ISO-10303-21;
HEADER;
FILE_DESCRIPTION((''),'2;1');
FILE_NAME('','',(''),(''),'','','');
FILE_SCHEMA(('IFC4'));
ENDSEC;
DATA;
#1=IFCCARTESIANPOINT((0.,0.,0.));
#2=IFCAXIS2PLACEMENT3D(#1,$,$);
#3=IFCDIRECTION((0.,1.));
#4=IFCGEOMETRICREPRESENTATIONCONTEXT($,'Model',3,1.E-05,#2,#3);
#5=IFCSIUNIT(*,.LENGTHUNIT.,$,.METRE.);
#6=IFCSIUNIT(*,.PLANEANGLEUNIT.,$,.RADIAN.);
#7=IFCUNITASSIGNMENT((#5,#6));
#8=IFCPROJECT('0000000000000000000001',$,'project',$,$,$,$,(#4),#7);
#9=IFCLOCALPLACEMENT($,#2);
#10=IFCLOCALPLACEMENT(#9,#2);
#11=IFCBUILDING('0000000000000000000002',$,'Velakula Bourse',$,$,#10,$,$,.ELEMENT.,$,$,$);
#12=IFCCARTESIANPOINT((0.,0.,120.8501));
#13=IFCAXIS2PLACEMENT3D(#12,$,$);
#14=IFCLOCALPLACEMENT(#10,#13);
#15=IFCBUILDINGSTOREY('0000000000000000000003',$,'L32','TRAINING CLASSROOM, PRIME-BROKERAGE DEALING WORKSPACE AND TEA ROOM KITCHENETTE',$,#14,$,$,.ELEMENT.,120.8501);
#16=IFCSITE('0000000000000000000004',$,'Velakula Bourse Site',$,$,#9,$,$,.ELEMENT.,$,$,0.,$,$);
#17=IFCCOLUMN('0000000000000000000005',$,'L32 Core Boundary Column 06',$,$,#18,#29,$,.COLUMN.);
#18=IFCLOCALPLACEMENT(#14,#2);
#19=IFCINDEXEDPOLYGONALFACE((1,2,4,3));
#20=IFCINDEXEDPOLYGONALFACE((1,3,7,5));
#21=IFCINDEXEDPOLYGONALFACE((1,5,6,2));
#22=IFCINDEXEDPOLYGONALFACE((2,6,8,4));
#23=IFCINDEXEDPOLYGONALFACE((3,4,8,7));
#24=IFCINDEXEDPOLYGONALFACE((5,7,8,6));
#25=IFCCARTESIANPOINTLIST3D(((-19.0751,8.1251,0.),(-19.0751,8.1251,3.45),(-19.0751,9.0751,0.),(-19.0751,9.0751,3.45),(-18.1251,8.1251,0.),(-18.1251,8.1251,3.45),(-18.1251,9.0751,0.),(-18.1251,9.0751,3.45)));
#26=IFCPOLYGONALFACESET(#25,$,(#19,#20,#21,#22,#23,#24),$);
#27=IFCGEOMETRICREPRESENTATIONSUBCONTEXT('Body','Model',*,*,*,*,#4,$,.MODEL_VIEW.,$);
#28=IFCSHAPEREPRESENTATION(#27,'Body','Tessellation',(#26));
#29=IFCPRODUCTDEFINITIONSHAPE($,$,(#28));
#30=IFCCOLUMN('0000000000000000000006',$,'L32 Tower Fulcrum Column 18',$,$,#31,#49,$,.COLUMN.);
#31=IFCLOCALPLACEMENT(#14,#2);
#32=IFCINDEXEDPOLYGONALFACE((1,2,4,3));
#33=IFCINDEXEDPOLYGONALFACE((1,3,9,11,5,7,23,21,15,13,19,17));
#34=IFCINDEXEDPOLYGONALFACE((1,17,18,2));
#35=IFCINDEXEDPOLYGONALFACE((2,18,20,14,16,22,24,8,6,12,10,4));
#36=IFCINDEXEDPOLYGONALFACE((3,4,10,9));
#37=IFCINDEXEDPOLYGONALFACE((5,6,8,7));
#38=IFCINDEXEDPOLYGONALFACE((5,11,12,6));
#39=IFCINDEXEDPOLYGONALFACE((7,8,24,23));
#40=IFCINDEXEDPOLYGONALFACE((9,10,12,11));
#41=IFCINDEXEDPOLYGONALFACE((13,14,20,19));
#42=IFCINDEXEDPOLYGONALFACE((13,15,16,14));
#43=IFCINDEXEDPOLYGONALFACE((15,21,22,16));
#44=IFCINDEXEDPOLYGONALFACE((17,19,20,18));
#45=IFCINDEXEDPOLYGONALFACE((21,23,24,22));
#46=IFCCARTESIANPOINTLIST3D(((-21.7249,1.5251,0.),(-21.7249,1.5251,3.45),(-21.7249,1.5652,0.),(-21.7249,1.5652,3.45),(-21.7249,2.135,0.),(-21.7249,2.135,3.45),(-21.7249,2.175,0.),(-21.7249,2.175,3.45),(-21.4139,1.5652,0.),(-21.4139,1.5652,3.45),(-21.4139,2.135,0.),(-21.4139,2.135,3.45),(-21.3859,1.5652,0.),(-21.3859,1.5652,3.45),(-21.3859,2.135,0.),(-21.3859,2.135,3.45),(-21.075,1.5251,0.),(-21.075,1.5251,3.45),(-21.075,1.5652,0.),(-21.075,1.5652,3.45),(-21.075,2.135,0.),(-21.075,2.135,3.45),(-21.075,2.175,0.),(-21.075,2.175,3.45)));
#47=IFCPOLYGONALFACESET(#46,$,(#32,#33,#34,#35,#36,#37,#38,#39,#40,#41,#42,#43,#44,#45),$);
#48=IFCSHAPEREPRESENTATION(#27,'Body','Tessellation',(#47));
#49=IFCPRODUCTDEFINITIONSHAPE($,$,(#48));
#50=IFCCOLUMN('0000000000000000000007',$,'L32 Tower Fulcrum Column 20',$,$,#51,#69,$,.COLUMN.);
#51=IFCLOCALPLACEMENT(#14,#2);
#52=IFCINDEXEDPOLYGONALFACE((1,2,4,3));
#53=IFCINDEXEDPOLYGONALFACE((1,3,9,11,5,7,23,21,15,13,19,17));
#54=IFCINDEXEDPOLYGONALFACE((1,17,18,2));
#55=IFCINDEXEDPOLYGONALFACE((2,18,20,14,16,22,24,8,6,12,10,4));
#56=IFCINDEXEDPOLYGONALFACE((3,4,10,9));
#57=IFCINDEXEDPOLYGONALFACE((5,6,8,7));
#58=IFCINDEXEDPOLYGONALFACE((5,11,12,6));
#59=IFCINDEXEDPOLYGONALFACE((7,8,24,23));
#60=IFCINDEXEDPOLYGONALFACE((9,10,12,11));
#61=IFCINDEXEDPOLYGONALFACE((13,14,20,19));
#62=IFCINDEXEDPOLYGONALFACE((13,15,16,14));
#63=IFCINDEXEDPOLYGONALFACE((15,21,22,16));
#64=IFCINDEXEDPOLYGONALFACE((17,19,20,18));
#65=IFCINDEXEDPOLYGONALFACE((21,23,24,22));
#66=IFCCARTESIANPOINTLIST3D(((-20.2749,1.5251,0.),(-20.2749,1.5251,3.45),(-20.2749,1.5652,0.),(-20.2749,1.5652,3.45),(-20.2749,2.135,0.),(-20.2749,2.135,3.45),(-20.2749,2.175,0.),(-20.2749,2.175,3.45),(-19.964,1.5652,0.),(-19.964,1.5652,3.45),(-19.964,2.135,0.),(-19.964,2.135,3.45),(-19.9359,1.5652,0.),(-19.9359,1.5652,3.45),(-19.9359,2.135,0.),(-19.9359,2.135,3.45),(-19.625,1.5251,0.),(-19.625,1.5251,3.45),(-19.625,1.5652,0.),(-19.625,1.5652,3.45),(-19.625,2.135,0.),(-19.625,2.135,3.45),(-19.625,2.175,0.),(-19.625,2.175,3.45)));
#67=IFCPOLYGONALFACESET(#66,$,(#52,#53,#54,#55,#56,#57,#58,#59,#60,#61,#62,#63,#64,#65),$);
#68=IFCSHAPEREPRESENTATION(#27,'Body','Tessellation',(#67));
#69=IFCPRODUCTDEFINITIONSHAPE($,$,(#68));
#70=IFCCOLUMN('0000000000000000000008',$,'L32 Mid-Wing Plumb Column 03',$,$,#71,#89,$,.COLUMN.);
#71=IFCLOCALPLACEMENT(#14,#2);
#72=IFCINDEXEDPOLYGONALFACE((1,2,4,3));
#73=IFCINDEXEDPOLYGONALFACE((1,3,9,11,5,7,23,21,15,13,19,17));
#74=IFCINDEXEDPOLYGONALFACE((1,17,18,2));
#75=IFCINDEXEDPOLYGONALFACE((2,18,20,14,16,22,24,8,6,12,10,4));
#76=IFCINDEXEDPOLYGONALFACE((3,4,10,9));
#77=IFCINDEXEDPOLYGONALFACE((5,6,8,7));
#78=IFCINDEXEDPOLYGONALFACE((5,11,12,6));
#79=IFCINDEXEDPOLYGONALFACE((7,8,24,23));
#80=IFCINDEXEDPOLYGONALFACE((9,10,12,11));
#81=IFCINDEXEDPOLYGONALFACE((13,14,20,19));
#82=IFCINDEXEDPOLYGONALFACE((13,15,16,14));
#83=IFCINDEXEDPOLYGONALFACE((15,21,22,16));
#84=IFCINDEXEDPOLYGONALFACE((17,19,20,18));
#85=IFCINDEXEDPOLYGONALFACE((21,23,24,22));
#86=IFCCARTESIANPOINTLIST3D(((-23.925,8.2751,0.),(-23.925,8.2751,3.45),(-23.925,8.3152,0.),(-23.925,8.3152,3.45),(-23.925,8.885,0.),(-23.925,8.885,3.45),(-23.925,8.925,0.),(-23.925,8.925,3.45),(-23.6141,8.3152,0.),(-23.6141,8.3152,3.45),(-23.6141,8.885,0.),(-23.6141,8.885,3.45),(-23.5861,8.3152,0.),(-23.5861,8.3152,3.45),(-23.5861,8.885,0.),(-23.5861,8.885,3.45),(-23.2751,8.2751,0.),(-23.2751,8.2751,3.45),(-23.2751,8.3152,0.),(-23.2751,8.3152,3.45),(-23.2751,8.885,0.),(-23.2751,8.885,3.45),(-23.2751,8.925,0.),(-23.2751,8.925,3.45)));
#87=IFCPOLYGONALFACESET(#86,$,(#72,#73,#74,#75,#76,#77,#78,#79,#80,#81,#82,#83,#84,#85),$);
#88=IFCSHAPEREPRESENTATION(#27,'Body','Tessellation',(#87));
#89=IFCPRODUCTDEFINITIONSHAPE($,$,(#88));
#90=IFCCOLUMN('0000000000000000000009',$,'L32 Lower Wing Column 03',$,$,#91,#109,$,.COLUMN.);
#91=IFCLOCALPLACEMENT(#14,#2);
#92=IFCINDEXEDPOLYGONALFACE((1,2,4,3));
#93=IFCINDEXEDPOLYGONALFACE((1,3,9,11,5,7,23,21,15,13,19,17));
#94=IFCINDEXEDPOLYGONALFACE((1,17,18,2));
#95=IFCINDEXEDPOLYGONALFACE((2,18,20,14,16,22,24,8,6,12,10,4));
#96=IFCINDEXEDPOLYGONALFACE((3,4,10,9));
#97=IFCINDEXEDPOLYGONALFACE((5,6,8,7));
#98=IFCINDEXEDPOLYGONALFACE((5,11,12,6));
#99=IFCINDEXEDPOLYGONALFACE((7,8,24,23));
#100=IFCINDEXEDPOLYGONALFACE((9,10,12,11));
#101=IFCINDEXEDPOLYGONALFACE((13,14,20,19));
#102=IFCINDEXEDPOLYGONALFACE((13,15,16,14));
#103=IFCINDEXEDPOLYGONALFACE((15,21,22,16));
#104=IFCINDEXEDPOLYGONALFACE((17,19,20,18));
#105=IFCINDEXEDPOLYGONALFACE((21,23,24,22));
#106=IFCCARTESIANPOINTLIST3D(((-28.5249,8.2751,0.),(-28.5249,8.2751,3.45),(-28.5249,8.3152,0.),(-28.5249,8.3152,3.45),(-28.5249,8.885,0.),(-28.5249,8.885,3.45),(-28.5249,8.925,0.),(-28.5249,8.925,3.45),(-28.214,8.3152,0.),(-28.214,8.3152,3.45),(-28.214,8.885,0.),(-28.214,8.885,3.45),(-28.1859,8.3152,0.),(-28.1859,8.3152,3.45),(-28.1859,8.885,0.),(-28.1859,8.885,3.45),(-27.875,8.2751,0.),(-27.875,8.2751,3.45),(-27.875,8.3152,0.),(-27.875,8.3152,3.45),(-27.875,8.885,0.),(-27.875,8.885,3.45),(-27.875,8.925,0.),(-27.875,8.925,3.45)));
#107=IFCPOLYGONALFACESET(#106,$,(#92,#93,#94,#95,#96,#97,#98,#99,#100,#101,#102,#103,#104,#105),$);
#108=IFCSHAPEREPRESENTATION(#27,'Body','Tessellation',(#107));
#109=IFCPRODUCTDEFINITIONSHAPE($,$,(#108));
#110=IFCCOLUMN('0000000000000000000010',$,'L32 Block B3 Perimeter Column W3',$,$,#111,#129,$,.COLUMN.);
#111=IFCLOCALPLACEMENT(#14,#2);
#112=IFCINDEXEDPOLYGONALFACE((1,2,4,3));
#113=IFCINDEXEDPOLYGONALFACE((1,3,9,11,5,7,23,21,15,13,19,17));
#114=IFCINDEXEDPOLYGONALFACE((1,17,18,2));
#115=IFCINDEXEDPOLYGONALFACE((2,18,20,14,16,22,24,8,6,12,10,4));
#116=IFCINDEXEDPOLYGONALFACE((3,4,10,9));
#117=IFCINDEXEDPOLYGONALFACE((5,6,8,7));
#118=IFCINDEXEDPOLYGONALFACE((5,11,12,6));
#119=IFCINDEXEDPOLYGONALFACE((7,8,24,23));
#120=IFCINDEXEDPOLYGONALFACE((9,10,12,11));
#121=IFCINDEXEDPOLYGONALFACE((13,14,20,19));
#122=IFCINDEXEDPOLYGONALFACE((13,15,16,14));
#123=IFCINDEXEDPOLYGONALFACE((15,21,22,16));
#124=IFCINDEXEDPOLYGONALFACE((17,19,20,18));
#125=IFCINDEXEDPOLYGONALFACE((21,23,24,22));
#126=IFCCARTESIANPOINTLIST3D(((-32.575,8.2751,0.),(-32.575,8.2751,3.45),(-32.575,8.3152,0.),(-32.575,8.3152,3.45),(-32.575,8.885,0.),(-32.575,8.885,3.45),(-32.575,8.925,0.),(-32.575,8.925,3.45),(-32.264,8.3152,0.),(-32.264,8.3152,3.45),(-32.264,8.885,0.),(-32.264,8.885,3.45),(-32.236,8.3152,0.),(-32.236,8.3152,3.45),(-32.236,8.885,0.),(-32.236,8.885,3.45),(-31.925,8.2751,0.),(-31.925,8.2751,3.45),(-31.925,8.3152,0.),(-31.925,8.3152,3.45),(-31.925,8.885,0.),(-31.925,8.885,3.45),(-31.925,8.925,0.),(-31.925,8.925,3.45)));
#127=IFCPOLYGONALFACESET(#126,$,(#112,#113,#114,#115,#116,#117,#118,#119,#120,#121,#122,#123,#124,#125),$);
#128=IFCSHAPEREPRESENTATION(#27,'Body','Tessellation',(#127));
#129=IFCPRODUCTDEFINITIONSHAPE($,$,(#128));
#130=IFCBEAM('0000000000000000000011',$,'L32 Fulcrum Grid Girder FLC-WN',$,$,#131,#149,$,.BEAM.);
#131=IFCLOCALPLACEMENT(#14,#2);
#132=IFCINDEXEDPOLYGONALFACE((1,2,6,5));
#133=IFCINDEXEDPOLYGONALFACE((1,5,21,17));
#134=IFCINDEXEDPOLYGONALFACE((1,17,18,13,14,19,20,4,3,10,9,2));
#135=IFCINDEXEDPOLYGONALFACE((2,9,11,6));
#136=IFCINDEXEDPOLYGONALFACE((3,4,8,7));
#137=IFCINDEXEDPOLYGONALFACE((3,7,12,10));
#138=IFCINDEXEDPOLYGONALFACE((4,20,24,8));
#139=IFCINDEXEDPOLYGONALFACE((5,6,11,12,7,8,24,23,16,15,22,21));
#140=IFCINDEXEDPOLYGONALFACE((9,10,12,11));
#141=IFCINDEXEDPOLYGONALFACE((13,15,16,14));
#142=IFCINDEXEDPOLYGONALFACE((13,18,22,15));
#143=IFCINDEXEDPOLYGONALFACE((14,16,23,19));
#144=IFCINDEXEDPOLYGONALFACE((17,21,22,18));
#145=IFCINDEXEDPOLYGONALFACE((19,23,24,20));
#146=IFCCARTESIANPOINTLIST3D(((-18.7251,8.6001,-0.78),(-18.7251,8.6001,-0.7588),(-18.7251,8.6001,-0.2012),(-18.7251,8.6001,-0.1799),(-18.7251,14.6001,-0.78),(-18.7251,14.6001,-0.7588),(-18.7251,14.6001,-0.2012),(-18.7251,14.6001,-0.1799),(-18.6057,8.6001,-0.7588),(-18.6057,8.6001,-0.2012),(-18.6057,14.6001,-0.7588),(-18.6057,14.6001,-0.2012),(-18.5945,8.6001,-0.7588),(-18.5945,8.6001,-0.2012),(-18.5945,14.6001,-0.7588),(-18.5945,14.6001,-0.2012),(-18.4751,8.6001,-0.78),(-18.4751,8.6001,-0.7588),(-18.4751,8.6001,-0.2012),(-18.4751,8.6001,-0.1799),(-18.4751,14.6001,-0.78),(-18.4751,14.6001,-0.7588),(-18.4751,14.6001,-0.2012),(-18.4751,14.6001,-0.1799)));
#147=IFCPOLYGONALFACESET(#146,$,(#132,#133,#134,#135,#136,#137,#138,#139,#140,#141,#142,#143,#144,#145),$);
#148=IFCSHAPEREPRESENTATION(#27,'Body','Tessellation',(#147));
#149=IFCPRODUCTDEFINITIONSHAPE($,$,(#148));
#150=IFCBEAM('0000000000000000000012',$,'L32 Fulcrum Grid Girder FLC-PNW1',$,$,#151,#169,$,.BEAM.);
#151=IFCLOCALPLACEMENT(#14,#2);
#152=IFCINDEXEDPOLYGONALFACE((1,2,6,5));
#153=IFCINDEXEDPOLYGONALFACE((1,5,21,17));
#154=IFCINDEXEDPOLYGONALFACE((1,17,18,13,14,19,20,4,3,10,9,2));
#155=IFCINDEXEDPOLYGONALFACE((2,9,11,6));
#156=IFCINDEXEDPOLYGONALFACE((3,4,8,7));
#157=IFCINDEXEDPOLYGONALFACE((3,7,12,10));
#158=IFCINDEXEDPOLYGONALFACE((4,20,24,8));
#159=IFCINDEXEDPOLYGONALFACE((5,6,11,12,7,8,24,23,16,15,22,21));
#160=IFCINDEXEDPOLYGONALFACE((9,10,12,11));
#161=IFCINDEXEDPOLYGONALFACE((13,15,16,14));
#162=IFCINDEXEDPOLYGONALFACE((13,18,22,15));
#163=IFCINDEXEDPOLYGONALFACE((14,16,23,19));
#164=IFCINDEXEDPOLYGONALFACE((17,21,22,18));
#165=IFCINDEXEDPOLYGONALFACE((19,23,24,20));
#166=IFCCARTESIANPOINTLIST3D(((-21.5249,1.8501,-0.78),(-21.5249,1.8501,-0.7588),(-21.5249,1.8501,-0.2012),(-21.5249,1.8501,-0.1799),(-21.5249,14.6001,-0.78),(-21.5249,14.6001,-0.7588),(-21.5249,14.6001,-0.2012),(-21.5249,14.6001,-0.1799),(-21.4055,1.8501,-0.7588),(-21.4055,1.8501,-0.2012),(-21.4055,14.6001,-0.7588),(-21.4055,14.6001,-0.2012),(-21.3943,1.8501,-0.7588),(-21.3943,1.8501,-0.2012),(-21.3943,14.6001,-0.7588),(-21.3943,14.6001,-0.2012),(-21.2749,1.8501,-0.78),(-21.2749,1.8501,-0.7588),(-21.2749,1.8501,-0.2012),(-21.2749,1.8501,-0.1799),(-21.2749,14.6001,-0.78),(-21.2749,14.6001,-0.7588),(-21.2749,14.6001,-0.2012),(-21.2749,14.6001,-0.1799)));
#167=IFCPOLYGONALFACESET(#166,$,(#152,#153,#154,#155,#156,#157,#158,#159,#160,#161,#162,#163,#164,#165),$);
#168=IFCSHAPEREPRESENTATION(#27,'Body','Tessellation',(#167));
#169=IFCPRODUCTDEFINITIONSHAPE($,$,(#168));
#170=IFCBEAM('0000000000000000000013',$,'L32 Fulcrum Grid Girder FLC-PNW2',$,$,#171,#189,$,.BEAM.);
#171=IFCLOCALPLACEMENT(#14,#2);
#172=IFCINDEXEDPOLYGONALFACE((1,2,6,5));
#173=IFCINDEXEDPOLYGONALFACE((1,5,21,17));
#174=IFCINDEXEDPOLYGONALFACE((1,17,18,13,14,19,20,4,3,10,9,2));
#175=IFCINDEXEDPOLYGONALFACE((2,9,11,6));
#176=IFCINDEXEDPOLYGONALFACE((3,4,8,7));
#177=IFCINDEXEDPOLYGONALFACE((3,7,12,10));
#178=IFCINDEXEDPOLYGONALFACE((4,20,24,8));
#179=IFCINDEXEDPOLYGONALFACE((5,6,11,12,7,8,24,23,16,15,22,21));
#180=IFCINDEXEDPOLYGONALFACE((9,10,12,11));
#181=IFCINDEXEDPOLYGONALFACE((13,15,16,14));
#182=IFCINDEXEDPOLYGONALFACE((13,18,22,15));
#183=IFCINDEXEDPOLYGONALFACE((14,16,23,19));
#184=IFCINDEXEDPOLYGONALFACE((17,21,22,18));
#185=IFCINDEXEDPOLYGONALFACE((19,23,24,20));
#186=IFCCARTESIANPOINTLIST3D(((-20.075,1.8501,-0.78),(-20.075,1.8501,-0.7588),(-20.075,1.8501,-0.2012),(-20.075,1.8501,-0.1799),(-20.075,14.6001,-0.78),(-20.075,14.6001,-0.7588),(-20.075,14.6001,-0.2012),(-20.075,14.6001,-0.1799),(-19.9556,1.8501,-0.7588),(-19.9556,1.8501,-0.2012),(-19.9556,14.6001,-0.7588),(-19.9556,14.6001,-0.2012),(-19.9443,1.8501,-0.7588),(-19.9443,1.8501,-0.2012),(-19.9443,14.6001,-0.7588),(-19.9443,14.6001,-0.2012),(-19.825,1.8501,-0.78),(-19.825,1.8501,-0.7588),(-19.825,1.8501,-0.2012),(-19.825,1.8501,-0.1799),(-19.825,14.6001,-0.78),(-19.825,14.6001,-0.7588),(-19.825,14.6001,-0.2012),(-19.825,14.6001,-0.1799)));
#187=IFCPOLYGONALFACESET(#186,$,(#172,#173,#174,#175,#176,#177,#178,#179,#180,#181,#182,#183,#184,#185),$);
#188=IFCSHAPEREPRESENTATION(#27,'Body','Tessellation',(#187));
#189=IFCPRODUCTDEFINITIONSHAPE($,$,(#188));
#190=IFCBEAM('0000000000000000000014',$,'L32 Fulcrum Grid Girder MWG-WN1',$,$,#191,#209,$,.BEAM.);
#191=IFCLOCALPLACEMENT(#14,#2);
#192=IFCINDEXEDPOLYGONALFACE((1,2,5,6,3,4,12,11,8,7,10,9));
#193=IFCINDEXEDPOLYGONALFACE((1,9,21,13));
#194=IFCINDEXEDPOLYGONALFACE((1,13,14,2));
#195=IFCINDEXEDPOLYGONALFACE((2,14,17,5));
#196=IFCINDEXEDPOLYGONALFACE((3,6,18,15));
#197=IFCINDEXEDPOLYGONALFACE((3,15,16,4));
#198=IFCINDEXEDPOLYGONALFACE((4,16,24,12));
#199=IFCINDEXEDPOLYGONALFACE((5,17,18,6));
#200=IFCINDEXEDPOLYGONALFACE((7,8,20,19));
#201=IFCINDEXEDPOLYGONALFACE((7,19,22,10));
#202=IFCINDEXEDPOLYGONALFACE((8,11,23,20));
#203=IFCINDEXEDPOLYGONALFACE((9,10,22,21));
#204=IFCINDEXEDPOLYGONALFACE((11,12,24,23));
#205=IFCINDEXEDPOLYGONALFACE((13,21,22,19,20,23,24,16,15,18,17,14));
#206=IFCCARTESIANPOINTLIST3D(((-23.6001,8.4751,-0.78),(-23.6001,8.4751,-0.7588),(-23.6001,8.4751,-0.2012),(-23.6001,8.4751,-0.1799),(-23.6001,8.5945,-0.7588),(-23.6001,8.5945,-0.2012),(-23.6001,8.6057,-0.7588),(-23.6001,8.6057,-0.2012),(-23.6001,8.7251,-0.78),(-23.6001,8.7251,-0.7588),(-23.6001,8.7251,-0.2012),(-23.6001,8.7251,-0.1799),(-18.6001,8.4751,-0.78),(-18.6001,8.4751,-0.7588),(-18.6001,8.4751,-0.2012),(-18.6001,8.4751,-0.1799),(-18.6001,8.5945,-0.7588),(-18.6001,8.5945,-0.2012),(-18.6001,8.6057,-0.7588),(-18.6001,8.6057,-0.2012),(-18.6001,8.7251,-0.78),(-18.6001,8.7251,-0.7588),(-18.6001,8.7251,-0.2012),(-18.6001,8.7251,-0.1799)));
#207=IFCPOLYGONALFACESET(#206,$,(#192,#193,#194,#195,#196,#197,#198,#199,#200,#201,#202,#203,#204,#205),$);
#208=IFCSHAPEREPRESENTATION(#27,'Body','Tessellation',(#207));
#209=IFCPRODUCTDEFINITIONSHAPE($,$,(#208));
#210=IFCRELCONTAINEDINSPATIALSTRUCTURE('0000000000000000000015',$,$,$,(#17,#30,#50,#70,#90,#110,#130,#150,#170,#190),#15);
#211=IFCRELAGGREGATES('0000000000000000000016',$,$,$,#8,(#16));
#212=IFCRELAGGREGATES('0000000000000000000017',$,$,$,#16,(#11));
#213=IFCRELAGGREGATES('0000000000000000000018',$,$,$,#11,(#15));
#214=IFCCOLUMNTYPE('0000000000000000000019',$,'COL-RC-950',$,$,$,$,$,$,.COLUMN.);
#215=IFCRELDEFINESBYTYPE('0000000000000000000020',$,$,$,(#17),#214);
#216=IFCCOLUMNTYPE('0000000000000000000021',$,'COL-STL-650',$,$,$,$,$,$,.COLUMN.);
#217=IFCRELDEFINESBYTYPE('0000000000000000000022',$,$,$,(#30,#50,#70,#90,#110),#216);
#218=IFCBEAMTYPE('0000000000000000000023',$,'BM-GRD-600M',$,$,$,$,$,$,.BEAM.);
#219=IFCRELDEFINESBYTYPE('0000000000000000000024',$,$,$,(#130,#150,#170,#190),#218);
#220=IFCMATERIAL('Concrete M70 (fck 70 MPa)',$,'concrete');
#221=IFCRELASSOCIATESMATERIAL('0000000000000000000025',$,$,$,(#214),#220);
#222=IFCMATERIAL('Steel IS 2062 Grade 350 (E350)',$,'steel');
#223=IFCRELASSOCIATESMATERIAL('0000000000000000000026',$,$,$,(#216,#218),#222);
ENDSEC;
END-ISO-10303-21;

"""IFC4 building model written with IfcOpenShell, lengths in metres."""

from ifc_helpers import new_model, si_unit, direction, frame, origin, origin_2d, place, context, subcontext, project, spatial, rectangle, i_section, extrude, material, material_profile, profile_set, type_object, element, save


model = new_model("IFC4")

# Units and contexts
model_context = context("Model", 3, precision=1e-05, world=origin(), true_north=direction((0.0, 1.0)))
body_context = subcontext(model_context, "Body", "Model", "MODEL_VIEW")
ifc_project = project(units=[si_unit("LENGTHUNIT", "METRE"), si_unit("PLANEANGLEUNIT", "RADIAN")], contexts=[model_context])

# Site, building, storey
site_placement = place(None, origin())
site = spatial("IfcSite", under=ifc_project, at=site_placement, Name="Velakula Bourse Site", CompositionType="ELEMENT", RefElevation=0.0)
building_placement = place(site_placement, origin())
building = spatial("IfcBuilding", under=site, at=building_placement, Name="Velakula Bourse", CompositionType="ELEMENT")
storey_placement = place(building_placement, frame((0.0, 0.0, 120.8501)))
storey = spatial("IfcBuildingStorey", under=building, at=storey_placement, Name="L32", Description="TRAINING CLASSROOM, PRIME-BROKERAGE DEALING WORKSPACE AND TEA ROOM KITCHENETTE", CompositionType="ELEMENT", Elevation=120.8501)

# Columns
ifc_material_1 = material(Name="Concrete M70 (fck 70 MPa)", Category="concrete")
ifc_material_profile_1 = material_profile(ifc_material_1, rectangle(XDim=0.95, YDim=0.95, at=origin_2d()), Name="Concrete M70 (fck 70 MPa)")
ifc_profile_set_1 = profile_set([ifc_material_profile_1], Name="Concrete M70 (fck 70 MPa)")
column_type_1 = type_object("IfcColumnType", Name="COL-RC-950", PredefinedType="COLUMN", material=ifc_profile_set_1)
column_placement = place(storey_placement, frame((-18.6001, 8.6001, 0.0), z_axis=(0.0, 0.0, 1.0), x_axis=(1.0, 0.0, 0.0)))
element("IfcColumn", 1, at=column_placement, inside=storey, type_object=column_type_1, Name="L32 Core Boundary Column 06", PredefinedType="COLUMN", context=body_context, shape_type="SweptSolid", body=[
    extrude(rectangle(XDim=0.95, YDim=0.95, at=origin_2d()), origin(), (0.0, 0.0, 1.0), 3.45),
])
ifc_material_2 = material(Name="Steel IS 2062 Grade 350 (E350)", Category="steel")
ifc_material_profile_2 = material_profile(ifc_material_2, i_section(OverallWidth=0.6499, OverallDepth=0.6499, WebThickness=0.0281, FlangeThickness=0.04, at=origin_2d()), Name="Steel IS 2062 Grade 350 (E350)")
ifc_profile_set_2 = profile_set([ifc_material_profile_2], Name="Steel IS 2062 Grade 350 (E350)")
column_type_2 = type_object("IfcColumnType", Name="COL-STL-650", PredefinedType="COLUMN", material=ifc_profile_set_2)
for number, where, z_axis, x_axis, name in (
    (2, (-21.3999, 1.8501, 0.0), (0.0, 0.0, 1.0), (1.0, 0.0, 0.0), "L32 Tower Fulcrum Column 18"),
    (3, (-19.95, 1.8501, 0.0), (0.0, 0.0, 1.0), (1.0, 0.0, 0.0), "L32 Tower Fulcrum Column 20"),
    (4, (-23.6001, 8.6001, 0.0), (0.0, 0.0, 1.0), (1.0, 0.0, 0.0), "L32 Mid-Wing Plumb Column 03"),
    (5, (-28.2, 8.6001, 0.0), (0.0, 0.0, 1.0), (1.0, 0.0, 0.0), "L32 Lower Wing Column 03"),
    (6, (-32.25, 8.6001, 0.0), (0.0, 0.0, 1.0), (1.0, 0.0, 0.0), "L32 Block B3 Perimeter Column W3"),
):
    element("IfcColumn", number, at=place(storey_placement, frame(where, z_axis=z_axis, x_axis=x_axis)), inside=storey, type_object=column_type_2, Name=name, PredefinedType="COLUMN", context=body_context, shape_type="SweptSolid", body=[
        extrude(i_section(OverallWidth=0.6499, OverallDepth=0.6499, WebThickness=0.0281, FlangeThickness=0.04, at=origin_2d()), origin(), (0.0, 0.0, 1.0), 3.45),
    ])

# Beams
ifc_material_profile_3 = material_profile(ifc_material_2, i_section(OverallWidth=0.25, OverallDepth=0.6001, WebThickness=0.0112, FlangeThickness=0.0212, at=origin_2d()), Name="Steel IS 2062 Grade 350 (E350)")
ifc_profile_set_3 = profile_set([ifc_material_profile_3], Name="Steel IS 2062 Grade 350 (E350)")
beam_type_1 = type_object("IfcBeamType", Name="BM-GRD-600M", PredefinedType="BEAM", material=ifc_profile_set_3)
beam_1_placement = place(storey_placement, frame((-18.6001, 8.6001, -0.48), z_axis=(0.0, 1.0, 0.0), x_axis=(-1.0, 0.0, 0.0)))
element("IfcBeam", 7, at=beam_1_placement, inside=storey, type_object=beam_type_1, Name="L32 Fulcrum Grid Girder FLC-WN", PredefinedType="BEAM", context=body_context, shape_type="SweptSolid", body=[
    extrude(i_section(OverallWidth=0.25, OverallDepth=0.6001, WebThickness=0.0112, FlangeThickness=0.0212, at=origin_2d()), origin(), (0.0, 0.0, 1.0), 6.0),
])
for number, where, z_axis, x_axis, name in (
    (8, (-21.3999, 1.8501, -0.48), (0.0, 1.0, 0.0), (-1.0, 0.0, 0.0), "L32 Fulcrum Grid Girder FLC-PNW1"),
    (9, (-19.95, 1.8501, -0.48), (0.0, 1.0, 0.0), (-1.0, 0.0, 0.0), "L32 Fulcrum Grid Girder FLC-PNW2"),
):
    element("IfcBeam", number, at=place(storey_placement, frame(where, z_axis=z_axis, x_axis=x_axis)), inside=storey, type_object=beam_type_1, Name=name, PredefinedType="BEAM", context=body_context, shape_type="SweptSolid", body=[
        extrude(i_section(OverallWidth=0.25, OverallDepth=0.6001, WebThickness=0.0112, FlangeThickness=0.0212, at=origin_2d()), origin(), (0.0, 0.0, 1.0), 12.75),
    ])
beam_2_placement = place(storey_placement, frame((-23.6001, 8.6001, -0.48), z_axis=(1.0, 0.0, 0.0), x_axis=(0.0, 1.0, 0.0)))
element("IfcBeam", 10, at=beam_2_placement, inside=storey, type_object=beam_type_1, Name="L32 Fulcrum Grid Girder MWG-WN1", PredefinedType="BEAM", context=body_context, shape_type="SweptSolid", body=[
    extrude(i_section(OverallWidth=0.25, OverallDepth=0.6001, WebThickness=0.0112, FlangeThickness=0.0212, at=origin_2d()), origin(), (0.0, 0.0, 1.0), 5.0),
])

save(model, "model.ifc")
